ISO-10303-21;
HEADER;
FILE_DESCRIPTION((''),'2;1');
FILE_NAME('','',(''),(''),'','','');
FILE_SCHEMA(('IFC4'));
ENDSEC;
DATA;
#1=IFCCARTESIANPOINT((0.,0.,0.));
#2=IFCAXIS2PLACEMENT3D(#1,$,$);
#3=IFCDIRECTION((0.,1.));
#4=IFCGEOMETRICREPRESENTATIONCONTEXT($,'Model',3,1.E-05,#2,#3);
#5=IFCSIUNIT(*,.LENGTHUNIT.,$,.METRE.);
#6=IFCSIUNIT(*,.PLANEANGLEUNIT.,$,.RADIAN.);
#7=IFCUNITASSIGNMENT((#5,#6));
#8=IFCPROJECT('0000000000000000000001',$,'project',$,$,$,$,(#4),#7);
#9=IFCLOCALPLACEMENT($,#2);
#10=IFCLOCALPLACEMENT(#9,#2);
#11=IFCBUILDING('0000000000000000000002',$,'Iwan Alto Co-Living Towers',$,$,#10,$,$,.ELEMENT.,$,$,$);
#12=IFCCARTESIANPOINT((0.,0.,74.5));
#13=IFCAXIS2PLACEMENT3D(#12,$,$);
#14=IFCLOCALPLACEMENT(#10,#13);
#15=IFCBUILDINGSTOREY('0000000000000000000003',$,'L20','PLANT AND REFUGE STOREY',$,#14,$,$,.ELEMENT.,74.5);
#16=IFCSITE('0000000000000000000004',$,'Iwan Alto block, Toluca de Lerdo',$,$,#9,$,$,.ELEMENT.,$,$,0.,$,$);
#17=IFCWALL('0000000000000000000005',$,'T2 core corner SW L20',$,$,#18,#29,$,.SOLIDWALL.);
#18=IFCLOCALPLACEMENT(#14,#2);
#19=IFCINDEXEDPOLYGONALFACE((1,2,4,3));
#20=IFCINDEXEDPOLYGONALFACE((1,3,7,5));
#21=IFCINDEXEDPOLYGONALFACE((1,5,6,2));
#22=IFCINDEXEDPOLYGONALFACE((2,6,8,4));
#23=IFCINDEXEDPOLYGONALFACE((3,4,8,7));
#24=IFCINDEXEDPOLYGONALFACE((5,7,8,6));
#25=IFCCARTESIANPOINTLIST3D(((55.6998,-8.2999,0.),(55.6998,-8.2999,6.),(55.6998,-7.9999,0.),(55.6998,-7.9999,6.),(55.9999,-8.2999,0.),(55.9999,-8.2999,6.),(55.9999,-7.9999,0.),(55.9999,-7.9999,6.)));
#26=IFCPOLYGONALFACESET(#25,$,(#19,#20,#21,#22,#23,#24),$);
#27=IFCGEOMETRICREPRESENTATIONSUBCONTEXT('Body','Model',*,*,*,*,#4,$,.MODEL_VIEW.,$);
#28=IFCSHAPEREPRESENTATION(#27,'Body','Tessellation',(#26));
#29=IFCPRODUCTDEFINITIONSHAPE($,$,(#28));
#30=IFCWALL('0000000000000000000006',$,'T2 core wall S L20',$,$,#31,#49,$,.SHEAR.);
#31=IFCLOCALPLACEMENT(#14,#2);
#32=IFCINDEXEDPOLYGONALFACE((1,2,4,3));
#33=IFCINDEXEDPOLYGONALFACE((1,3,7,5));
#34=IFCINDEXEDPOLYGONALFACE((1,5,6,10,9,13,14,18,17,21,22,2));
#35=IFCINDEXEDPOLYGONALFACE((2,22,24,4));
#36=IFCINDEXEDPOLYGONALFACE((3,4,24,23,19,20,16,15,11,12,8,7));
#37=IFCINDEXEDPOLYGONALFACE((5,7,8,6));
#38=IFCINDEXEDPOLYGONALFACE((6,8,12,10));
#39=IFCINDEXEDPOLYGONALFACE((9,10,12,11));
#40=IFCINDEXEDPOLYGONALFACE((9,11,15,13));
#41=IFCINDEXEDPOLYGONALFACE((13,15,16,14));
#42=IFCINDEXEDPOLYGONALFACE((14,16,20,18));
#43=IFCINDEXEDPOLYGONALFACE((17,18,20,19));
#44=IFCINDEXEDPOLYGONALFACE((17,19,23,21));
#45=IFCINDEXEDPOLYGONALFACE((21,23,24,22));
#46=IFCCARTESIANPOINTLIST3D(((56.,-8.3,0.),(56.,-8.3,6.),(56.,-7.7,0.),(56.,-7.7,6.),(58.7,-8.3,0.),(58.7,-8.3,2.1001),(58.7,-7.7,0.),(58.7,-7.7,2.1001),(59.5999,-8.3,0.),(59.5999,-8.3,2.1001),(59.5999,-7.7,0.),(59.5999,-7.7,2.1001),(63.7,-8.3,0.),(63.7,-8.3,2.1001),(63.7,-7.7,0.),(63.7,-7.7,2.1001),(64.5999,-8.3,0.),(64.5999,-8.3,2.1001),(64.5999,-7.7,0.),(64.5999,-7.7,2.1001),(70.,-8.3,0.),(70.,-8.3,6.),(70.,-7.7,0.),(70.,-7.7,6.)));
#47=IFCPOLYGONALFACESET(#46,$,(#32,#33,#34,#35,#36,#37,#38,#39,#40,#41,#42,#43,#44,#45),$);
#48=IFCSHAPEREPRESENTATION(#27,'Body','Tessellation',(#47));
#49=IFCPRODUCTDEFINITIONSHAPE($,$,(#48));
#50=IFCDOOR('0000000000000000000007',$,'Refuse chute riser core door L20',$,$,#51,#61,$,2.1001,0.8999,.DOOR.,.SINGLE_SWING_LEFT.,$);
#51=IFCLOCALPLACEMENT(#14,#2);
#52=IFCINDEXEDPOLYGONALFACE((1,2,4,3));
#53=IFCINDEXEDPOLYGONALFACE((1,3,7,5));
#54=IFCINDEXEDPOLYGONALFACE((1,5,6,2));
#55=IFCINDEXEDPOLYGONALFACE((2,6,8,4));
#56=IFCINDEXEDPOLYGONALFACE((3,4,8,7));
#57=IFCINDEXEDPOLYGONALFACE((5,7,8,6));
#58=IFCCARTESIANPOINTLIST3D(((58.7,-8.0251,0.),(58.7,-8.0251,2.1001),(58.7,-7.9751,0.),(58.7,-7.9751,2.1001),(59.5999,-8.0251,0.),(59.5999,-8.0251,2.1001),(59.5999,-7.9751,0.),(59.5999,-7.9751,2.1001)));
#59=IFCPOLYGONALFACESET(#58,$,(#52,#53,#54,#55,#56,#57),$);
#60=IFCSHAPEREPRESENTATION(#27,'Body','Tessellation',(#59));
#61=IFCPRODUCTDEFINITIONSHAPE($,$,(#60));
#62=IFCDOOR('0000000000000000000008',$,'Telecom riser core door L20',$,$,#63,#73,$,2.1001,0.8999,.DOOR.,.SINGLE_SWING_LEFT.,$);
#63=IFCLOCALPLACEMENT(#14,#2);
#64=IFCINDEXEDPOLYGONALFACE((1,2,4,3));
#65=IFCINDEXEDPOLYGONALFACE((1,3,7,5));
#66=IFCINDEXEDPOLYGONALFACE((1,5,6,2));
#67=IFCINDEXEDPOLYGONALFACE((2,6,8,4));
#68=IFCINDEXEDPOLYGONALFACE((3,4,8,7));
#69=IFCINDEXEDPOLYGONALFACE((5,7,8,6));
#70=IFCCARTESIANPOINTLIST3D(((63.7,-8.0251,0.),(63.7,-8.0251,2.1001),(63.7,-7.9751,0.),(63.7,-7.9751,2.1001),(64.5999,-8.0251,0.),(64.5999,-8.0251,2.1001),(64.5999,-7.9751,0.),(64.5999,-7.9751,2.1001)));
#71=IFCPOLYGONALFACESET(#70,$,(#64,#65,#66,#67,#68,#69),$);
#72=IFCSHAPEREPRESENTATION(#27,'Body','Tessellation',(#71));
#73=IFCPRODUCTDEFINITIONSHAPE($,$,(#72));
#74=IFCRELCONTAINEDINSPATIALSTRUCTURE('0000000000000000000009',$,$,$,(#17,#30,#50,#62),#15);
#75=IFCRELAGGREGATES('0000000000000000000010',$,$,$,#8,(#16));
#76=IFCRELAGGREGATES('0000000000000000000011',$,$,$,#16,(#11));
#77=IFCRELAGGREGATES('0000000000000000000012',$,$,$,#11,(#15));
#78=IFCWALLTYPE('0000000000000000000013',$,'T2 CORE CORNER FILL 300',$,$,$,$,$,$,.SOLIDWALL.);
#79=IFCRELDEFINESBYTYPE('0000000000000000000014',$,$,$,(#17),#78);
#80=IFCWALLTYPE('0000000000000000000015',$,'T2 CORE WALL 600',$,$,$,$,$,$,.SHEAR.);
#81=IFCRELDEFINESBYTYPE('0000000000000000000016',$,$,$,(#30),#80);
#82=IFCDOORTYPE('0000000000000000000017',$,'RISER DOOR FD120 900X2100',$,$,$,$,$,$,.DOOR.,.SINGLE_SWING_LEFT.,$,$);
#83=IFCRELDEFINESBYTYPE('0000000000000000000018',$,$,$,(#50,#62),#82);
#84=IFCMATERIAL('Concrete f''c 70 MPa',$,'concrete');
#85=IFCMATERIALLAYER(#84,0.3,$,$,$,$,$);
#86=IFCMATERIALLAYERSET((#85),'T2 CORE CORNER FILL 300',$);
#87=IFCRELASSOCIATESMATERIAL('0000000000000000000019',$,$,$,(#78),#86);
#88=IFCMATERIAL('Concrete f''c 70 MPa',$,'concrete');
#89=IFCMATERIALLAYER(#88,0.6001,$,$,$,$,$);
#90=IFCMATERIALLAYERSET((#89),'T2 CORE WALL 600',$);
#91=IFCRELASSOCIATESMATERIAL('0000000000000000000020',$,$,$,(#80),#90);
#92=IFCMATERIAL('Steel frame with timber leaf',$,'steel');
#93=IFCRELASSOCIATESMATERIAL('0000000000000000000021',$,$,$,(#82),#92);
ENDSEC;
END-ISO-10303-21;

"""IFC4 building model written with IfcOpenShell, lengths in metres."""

from ifc_helpers import new_model, si_unit, direction, frame, frame_2d, origin, place, context, subcontext, project, spatial, rectangle, extrude, material, layer, layer_set, type_object, element, fill, save


model = new_model("IFC4")

# Units and contexts
model_context = context("Model", 3, precision=1e-05, world=origin(), true_north=direction((0.0, 1.0)))
body_context = subcontext(model_context, "Body", "Model", "MODEL_VIEW")
ifc_project = project(units=[si_unit("LENGTHUNIT", "METRE"), si_unit("PLANEANGLEUNIT", "RADIAN")], contexts=[model_context])

# Site, building, storey
site_placement = place(None, origin())
site = spatial("IfcSite", under=ifc_project, at=site_placement, Name="Iwan Alto block, Toluca de Lerdo", CompositionType="ELEMENT", RefElevation=0.0)
building_placement = place(site_placement, origin())
building = spatial("IfcBuilding", under=site, at=building_placement, Name="Iwan Alto Co-Living Towers", CompositionType="ELEMENT")
storey_placement = place(building_placement, frame((0.0, 0.0, 74.5)))
storey = spatial("IfcBuildingStorey", under=building, at=storey_placement, Name="L20", Description="PLANT AND REFUGE STOREY", CompositionType="ELEMENT", Elevation=74.5)

# Wall
ifc_material_1 = material(Name="Concrete f'c 70 MPa", Category="concrete")
ifc_layer_1 = layer(ifc_material_1, 0.3)
ifc_layer_set_1 = layer_set([ifc_layer_1], Name="T2 CORE CORNER FILL 300")
wall_type_1 = type_object("IfcWallType", Name="T2 CORE CORNER FILL 300", PredefinedType="SOLIDWALL", material=ifc_layer_set_1)
wall_1_placement = place(storey_placement, frame((55.7, -8.1499, 0.0), z_axis=(0.0, 0.0, 1.0), x_axis=(1.0, 0.0, 0.0)))
element("IfcWall", 1, at=wall_1_placement, inside=storey, type_object=wall_type_1, Name="T2 core corner SW L20", PredefinedType="SOLIDWALL", context=body_context, shape_type="SweptSolid", body=[
    extrude(rectangle(XDim=0.3, YDim=0.3, at=frame_2d((0.1499, 0.0))), origin(), (0.0, 0.0, 1.0), 6.0),
])

# Wall, openings, doors
ifc_material_2 = material(Name="Concrete f'c 70 MPa", Category="concrete")
ifc_layer_2 = layer(ifc_material_2, 0.6001)
ifc_layer_set_2 = layer_set([ifc_layer_2], Name="T2 CORE WALL 600")
wall_type_2 = type_object("IfcWallType", Name="T2 CORE WALL 600", PredefinedType="SHEAR", material=ifc_layer_set_2)
wall_2_placement = place(storey_placement, frame((56.0, -8.0, 0.0), z_axis=(0.0, 0.0, 1.0), x_axis=(1.0, 0.0, 0.0)))
wall_2 = element("IfcWall", 2, at=wall_2_placement, inside=storey, type_object=wall_type_2, Name="T2 core wall S L20", PredefinedType="SHEAR", context=body_context, shape_type="SweptSolid", body=[
    extrude(rectangle(XDim=14.0, YDim=0.6001, at=frame_2d((7.0, 0.0))), origin(), (0.0, 0.0, 1.0), 6.0),
])
opening_1_placement = place(wall_2_placement, frame((2.7, 0.0, 0.0)))
opening_1 = element("IfcOpeningElement", 3, at=opening_1_placement, cuts=wall_2, PredefinedType="OPENING", context=body_context, shape_type="SweptSolid", body=[
    extrude(rectangle(XDim=0.8999, YDim=2.1001, at=frame_2d((0.45, 1.05))), frame((0.0, 0.3101, 0.0), z_axis=(0.0, -1.0, 0.0), x_axis=(1.0, 0.0, 0.0)), (0.0, 0.0, 1.0), 0.6201),
])
opening_2_placement = place(wall_2_placement, frame((7.7, 0.0, 0.0)))
opening_2 = element("IfcOpeningElement", 4, at=opening_2_placement, cuts=wall_2, PredefinedType="OPENING", context=body_context, shape_type="SweptSolid", body=[
    extrude(rectangle(XDim=0.8999, YDim=2.1001, at=frame_2d((0.45, 1.05))), frame((0.0, 0.3101, 0.0), z_axis=(0.0, -1.0, 0.0), x_axis=(1.0, 0.0, 0.0)), (0.0, 0.0, 1.0), 0.6201),
])
ifc_material_3 = material(Name="Steel frame with timber leaf", Category="steel")
door_type_1 = type_object("IfcDoorType", Name="RISER DOOR FD120 900X2100", OperationType="SINGLE_SWING_LEFT", PredefinedType="DOOR", material=ifc_material_3)
door_1_placement = place(opening_1_placement, origin())
door_1 = element("IfcDoor", 5, at=door_1_placement, inside=storey, type_object=door_type_1, Name="Refuse chute riser core door L20", OperationType="SINGLE_SWING_LEFT", OverallHeight=2.1001, OverallWidth=0.8999, PredefinedType="DOOR", context=body_context, shape_type="SweptSolid", body=[
    extrude(rectangle(XDim=0.8999, YDim=2.1001, at=frame_2d((0.45, 1.05))), frame((0.0, 0.0249, 0.0), z_axis=(0.0, -1.0, 0.0), x_axis=(1.0, 0.0, 0.0)), (0.0, 0.0, 1.0), 0.05),
])
fill(opening_1, door_1)
door_2_placement = place(opening_2_placement, origin())
door_2 = element("IfcDoor", 6, at=door_2_placement, inside=storey, type_object=door_type_1, Name="Telecom riser core door L20", OperationType="SINGLE_SWING_LEFT", OverallHeight=2.1001, OverallWidth=0.8999, PredefinedType="DOOR", context=body_context, shape_type="SweptSolid", body=[
    extrude(rectangle(XDim=0.8999, YDim=2.1001, at=frame_2d((0.45, 1.05))), frame((0.0, 0.0249, 0.0), z_axis=(0.0, -1.0, 0.0), x_axis=(1.0, 0.0, 0.0)), (0.0, 0.0, 1.0), 0.05),
])
fill(opening_2, door_2)

save(model, "model.ifc")
